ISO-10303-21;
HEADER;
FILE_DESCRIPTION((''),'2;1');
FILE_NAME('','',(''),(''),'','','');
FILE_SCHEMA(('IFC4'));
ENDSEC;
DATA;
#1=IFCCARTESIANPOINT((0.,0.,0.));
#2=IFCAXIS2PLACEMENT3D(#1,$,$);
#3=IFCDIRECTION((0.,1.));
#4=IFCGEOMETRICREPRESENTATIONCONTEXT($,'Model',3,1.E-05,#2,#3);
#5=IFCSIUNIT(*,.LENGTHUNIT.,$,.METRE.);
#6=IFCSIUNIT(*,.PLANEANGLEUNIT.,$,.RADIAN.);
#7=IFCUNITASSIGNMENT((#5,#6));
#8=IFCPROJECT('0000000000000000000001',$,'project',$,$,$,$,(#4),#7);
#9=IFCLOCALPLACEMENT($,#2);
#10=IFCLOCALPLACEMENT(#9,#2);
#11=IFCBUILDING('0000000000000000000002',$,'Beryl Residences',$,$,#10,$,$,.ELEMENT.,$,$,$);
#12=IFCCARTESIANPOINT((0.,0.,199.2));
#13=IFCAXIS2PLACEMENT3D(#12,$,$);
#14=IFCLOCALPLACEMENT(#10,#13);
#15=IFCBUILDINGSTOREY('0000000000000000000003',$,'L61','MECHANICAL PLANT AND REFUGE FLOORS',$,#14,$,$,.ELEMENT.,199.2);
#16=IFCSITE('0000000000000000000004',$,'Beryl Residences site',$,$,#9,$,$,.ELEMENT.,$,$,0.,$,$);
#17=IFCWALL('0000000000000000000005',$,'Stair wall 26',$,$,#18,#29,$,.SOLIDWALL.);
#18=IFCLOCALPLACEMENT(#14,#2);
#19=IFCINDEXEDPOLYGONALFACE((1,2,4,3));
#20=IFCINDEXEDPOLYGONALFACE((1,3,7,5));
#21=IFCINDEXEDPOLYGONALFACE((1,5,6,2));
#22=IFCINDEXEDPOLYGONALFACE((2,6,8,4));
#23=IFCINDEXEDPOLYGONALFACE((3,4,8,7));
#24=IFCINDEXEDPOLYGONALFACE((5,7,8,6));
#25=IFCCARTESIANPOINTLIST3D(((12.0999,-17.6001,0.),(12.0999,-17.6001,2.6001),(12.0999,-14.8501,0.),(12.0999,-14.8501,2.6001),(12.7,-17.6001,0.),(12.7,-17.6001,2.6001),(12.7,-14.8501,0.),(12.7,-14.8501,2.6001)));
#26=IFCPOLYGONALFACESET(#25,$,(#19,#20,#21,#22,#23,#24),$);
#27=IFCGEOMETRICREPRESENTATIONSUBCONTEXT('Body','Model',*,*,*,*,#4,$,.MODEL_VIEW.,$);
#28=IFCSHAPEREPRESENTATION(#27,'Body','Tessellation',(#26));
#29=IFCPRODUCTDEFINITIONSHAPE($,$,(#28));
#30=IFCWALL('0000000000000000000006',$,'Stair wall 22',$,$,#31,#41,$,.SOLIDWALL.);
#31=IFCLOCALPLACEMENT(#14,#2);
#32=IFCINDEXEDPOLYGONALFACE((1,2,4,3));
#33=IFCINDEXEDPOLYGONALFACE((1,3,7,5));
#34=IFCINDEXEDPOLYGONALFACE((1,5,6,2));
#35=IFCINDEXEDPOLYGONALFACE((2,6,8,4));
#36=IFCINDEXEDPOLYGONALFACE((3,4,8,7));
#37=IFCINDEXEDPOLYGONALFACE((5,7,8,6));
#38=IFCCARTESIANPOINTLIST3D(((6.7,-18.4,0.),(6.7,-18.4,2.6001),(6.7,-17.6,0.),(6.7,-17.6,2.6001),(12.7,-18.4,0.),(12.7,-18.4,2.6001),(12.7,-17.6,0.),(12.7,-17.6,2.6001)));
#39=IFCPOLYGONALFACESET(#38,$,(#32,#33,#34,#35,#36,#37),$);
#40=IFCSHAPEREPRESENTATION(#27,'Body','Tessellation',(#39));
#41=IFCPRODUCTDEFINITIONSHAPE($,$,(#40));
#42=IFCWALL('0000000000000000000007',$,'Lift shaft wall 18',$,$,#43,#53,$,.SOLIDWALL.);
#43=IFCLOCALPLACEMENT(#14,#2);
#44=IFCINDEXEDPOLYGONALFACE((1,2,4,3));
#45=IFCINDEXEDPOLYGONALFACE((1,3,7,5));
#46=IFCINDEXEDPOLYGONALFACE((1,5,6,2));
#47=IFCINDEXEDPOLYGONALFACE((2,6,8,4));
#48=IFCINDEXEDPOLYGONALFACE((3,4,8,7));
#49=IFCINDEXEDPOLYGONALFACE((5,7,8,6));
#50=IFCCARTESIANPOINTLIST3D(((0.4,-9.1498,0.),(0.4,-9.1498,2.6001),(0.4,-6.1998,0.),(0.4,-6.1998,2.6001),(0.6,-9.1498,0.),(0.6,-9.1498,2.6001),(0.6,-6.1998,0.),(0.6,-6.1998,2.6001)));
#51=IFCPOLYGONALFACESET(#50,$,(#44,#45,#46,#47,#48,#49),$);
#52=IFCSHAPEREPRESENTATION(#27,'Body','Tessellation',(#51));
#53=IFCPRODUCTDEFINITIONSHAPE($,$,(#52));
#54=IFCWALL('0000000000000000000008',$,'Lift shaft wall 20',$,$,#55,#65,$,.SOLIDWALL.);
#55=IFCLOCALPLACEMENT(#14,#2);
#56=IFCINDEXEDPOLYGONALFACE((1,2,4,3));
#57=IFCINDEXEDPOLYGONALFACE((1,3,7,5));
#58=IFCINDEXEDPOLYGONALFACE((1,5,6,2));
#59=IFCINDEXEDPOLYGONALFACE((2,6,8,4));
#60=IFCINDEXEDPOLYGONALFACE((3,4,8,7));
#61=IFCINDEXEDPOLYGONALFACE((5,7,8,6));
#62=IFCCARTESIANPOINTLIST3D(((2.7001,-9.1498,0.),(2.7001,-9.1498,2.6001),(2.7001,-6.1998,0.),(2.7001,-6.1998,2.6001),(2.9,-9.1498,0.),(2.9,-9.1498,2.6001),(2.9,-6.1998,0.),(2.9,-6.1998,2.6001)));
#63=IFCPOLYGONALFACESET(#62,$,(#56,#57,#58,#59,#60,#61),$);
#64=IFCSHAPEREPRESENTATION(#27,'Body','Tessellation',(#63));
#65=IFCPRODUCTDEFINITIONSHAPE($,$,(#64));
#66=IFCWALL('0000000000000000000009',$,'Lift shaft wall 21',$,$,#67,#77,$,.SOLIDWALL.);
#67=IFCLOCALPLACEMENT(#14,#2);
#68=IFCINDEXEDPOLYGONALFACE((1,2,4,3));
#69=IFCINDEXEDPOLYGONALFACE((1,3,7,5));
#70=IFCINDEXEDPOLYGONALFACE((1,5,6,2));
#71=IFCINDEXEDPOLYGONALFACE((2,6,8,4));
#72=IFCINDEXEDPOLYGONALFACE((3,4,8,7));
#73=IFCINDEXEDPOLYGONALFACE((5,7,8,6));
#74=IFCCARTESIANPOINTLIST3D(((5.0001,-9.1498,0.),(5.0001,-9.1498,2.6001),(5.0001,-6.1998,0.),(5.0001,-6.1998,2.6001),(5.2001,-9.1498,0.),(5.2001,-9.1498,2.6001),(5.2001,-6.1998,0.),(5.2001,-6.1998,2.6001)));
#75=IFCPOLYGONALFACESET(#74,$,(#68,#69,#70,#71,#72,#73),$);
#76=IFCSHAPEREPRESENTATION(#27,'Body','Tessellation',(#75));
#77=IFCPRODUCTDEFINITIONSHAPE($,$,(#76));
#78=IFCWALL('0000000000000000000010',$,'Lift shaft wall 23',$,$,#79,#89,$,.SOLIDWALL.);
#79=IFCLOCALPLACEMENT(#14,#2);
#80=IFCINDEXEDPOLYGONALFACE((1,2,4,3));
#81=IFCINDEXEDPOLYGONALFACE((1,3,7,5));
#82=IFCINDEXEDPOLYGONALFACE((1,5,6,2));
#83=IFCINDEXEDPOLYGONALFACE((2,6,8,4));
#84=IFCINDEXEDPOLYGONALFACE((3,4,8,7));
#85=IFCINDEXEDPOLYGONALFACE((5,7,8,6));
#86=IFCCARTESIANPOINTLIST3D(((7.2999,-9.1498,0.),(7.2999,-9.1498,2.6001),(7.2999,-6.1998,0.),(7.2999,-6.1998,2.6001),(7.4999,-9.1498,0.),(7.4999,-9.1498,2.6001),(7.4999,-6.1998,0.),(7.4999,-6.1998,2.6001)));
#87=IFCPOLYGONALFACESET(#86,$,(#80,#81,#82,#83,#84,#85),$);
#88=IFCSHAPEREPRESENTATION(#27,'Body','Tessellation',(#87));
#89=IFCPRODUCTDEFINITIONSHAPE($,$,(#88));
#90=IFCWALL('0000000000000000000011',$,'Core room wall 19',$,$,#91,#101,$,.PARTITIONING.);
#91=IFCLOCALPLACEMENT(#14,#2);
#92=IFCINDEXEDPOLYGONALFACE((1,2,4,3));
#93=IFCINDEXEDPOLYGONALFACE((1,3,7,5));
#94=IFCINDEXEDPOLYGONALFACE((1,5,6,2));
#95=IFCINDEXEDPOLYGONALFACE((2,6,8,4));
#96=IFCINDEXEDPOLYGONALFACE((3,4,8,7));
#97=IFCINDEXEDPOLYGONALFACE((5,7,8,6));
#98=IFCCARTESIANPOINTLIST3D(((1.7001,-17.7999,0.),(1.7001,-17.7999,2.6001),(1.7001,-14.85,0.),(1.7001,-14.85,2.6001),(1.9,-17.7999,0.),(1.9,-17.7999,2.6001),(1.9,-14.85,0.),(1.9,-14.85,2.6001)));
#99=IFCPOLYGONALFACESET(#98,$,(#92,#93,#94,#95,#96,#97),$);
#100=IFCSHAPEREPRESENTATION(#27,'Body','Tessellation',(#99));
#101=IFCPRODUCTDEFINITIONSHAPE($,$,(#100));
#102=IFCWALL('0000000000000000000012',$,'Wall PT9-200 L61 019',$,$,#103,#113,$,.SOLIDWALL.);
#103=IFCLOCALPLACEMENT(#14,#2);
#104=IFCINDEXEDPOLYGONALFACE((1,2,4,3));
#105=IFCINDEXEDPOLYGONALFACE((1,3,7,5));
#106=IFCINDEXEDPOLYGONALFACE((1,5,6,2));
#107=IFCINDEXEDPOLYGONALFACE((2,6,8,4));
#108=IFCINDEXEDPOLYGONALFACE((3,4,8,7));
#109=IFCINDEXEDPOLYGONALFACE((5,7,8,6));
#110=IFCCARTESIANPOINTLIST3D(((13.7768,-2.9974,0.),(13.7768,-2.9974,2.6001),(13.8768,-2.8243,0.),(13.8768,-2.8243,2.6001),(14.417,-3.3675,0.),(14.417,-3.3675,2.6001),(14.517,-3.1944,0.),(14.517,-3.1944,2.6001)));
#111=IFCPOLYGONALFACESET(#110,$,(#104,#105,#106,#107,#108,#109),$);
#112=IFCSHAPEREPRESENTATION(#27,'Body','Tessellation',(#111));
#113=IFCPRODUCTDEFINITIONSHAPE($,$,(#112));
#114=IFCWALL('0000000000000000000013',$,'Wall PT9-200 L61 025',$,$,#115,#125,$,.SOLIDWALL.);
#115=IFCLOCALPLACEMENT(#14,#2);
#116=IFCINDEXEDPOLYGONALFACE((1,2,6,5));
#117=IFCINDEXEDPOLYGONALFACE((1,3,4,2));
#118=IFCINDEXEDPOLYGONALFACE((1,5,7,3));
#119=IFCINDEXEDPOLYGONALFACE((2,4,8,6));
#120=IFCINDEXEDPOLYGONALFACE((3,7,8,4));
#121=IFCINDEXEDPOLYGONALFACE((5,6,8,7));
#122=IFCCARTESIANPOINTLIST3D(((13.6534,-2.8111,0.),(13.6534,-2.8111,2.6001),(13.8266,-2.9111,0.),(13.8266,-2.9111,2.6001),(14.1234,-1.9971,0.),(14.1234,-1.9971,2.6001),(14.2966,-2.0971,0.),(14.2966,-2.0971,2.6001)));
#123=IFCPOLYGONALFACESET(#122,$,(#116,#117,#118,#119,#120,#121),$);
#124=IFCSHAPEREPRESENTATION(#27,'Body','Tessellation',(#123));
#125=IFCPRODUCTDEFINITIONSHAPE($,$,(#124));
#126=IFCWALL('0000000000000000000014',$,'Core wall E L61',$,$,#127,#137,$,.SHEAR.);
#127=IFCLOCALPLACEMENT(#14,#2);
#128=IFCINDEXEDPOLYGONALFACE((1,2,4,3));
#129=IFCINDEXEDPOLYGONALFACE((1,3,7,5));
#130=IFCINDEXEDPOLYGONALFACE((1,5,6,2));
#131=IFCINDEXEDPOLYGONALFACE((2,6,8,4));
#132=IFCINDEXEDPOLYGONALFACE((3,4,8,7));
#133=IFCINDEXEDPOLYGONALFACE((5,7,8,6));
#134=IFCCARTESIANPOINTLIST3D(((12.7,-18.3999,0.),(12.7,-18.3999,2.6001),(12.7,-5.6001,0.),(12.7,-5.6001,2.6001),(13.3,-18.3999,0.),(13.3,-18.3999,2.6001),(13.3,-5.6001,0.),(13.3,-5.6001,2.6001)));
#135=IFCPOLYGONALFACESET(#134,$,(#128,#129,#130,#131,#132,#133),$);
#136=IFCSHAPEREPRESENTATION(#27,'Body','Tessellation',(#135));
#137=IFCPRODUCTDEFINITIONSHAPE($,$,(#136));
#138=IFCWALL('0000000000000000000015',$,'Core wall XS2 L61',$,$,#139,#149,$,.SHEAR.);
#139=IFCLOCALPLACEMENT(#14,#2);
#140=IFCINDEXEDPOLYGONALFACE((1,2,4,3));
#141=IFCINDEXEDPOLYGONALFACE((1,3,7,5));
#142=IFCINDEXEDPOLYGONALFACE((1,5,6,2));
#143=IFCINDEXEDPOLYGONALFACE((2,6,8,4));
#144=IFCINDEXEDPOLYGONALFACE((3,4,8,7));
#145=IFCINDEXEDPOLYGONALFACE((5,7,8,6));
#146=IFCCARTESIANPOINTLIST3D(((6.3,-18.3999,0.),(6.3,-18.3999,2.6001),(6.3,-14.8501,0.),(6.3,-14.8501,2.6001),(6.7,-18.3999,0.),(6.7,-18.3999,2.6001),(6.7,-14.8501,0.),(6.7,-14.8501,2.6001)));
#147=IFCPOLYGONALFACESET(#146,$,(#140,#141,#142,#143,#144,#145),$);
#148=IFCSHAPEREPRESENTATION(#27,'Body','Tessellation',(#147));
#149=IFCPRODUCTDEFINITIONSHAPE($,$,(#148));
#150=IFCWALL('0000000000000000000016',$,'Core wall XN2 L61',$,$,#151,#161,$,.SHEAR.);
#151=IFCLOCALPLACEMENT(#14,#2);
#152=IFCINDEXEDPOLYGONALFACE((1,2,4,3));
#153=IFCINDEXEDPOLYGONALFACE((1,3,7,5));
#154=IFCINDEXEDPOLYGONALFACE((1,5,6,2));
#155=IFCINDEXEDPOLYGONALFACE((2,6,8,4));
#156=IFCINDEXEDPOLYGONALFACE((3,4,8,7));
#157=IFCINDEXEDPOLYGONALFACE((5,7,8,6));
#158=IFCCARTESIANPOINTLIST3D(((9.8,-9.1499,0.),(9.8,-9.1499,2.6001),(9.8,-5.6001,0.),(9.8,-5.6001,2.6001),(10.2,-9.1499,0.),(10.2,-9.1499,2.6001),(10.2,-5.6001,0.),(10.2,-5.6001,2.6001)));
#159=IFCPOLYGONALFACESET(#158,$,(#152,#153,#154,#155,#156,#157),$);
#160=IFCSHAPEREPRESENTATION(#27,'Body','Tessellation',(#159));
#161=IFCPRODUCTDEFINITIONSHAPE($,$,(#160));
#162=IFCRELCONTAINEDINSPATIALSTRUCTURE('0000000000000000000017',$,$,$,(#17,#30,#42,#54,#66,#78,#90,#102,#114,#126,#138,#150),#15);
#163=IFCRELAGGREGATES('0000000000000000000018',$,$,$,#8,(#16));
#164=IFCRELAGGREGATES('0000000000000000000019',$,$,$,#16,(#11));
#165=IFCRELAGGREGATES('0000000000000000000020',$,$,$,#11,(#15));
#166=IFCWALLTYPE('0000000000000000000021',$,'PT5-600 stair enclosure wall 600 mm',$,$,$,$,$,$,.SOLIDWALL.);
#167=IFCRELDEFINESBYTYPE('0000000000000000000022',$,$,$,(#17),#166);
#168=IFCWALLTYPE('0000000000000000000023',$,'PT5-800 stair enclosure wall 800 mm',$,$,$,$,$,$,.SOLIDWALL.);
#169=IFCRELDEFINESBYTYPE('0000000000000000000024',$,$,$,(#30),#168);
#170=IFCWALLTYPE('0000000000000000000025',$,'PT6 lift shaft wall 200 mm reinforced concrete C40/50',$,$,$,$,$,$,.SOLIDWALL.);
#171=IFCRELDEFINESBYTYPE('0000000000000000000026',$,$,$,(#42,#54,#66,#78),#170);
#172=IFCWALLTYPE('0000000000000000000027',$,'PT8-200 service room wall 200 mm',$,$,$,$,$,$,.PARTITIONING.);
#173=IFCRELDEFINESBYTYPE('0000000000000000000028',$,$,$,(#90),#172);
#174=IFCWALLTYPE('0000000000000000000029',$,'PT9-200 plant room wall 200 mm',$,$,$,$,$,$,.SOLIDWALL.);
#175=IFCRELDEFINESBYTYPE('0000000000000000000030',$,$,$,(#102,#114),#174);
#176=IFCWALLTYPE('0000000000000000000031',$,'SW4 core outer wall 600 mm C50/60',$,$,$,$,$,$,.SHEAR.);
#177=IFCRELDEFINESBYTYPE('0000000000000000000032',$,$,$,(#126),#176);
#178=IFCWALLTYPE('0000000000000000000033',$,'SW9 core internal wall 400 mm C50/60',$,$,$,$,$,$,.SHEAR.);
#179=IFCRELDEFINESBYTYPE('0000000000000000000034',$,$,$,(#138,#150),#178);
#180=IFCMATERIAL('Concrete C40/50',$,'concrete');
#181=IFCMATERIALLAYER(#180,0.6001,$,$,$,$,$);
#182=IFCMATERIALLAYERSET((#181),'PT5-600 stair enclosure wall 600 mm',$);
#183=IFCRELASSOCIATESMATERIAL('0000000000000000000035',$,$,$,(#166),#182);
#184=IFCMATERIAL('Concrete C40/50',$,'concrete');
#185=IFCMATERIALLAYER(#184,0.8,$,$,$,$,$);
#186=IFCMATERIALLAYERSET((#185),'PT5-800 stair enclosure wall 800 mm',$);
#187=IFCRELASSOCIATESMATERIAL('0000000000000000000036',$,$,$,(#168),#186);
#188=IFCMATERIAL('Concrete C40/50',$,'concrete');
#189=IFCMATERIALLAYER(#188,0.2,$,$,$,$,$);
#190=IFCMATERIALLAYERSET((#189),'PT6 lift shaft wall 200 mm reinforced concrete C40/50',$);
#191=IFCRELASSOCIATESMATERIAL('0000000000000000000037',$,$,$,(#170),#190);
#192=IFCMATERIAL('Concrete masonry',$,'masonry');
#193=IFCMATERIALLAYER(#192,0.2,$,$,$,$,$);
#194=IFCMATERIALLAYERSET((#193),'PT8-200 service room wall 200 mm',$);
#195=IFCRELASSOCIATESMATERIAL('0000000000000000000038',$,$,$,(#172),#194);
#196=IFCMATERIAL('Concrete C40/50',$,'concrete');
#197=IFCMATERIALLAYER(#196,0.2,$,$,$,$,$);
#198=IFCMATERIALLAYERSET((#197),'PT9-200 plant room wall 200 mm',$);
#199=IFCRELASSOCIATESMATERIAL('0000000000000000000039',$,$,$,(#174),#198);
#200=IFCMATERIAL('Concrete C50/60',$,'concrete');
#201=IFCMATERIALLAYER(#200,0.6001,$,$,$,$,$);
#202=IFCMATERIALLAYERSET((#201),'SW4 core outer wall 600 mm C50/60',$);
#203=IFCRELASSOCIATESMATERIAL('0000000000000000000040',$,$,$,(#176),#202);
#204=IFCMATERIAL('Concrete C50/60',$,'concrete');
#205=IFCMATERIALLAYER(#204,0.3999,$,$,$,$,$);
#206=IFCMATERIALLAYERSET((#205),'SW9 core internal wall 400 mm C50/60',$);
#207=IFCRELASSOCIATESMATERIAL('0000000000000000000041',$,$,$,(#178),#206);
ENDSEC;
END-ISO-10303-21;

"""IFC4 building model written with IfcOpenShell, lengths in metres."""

from ifc_helpers import new_model, si_unit, direction, frame, frame_2d, origin, place, context, subcontext, project, spatial, rectangle, extrude, material, layer, layer_set, type_object, element, save


model = new_model("IFC4")

# Units and contexts
model_context = context("Model", 3, precision=1e-05, world=origin(), true_north=direction((0.0, 1.0)))
body_context = subcontext(model_context, "Body", "Model", "MODEL_VIEW")
ifc_project = project(units=[si_unit("LENGTHUNIT", "METRE"), si_unit("PLANEANGLEUNIT", "RADIAN")], contexts=[model_context])

# Site, building, storey
site_placement = place(None, origin())
site = spatial("IfcSite", under=ifc_project, at=site_placement, Name="Beryl Residences site", CompositionType="ELEMENT", RefElevation=0.0)
building_placement = place(site_placement, origin())
building = spatial("IfcBuilding", under=site, at=building_placement, Name="Beryl Residences", CompositionType="ELEMENT")
storey_placement = place(building_placement, frame((0.0, 0.0, 199.2)))
storey = spatial("IfcBuildingStorey", under=building, at=storey_placement, Name="L61", Description="MECHANICAL PLANT AND REFUGE FLOORS", CompositionType="ELEMENT", Elevation=199.2)

# Walls
ifc_material_1 = material(Name="Concrete C40/50", Category="concrete")
ifc_layer_1 = layer(ifc_material_1, 0.6001)
ifc_layer_set_1 = layer_set([ifc_layer_1], Name="PT5-600 stair enclosure wall 600 mm")
wall_type_1 = type_object("IfcWallType", Name="PT5-600 stair enclosure wall 600 mm", PredefinedType="SOLIDWALL", material=ifc_layer_set_1)
wall_1_placement = place(storey_placement, frame((12.3999, -17.6001, 0.0), z_axis=(0.0, 0.0, 1.0), x_axis=(0.0, 1.0, 0.0)))
element("IfcWall", 1, at=wall_1_placement, inside=storey, type_object=wall_type_1, Name="Stair wall 26", PredefinedType="SOLIDWALL", context=body_context, shape_type="SweptSolid", body=[
    extrude(rectangle(XDim=2.75, YDim=0.6001, at=frame_2d((1.375, 0.0))), origin(), (0.0, 0.0, 1.0), 2.6001),
])
ifc_material_2 = material(Name="Concrete C40/50", Category="concrete")
ifc_layer_2 = layer(ifc_material_2, 0.8)
ifc_layer_set_2 = layer_set([ifc_layer_2], Name="PT5-800 stair enclosure wall 800 mm")
wall_type_2 = type_object("IfcWallType", Name="PT5-800 stair enclosure wall 800 mm", PredefinedType="SOLIDWALL", material=ifc_layer_set_2)
wall_2_placement = place(storey_placement, frame((6.7, -18.0, 0.0), z_axis=(0.0, 0.0, 1.0), x_axis=(1.0, 0.0, 0.0)))
element("IfcWall", 2, at=wall_2_placement, inside=storey, type_object=wall_type_2, Name="Stair wall 22", PredefinedType="SOLIDWALL", context=body_context, shape_type="SweptSolid", body=[
    extrude(rectangle(XDim=6.0, YDim=0.8, at=frame_2d((3.0, 0.0))), origin(), (0.0, 0.0, 1.0), 2.6001),
])
ifc_material_3 = material(Name="Concrete C40/50", Category="concrete")
ifc_layer_3 = layer(ifc_material_3, 0.2)
ifc_layer_set_3 = layer_set([ifc_layer_3], Name="PT6 lift shaft wall 200 mm reinforced concrete C40/50")
wall_type_3 = type_object("IfcWallType", Name="PT6 lift shaft wall 200 mm reinforced concrete C40/50", PredefinedType="SOLIDWALL", material=ifc_layer_set_3)
for number, where, z_axis, x_axis, name in (
    (3, (0.5, -9.1499, 0.0), (0.0, 0.0, 1.0), (0.0, 1.0, 0.0), "Lift shaft wall 18"),
    (4, (2.8, -9.1499, 0.0), (0.0, 0.0, 1.0), (0.0, 1.0, 0.0), "Lift shaft wall 20"),
    (5, (5.1001, -9.1499, 0.0), (0.0, 0.0, 1.0), (0.0, 1.0, 0.0), "Lift shaft wall 21"),
    (6, (7.3999, -9.1499, 0.0), (0.0, 0.0, 1.0), (0.0, 1.0, 0.0), "Lift shaft wall 23"),
):
    element("IfcWall", number, at=place(storey_placement, frame(where, z_axis=z_axis, x_axis=x_axis)), inside=storey, type_object=wall_type_3, Name=name, PredefinedType="SOLIDWALL", context=body_context, shape_type="SweptSolid", body=[
        extrude(rectangle(XDim=2.95, YDim=0.2, at=frame_2d((1.4751, 0.0))), origin(), (0.0, 0.0, 1.0), 2.6001),
    ])
ifc_material_4 = material(Name="Concrete masonry", Category="masonry")
ifc_layer_4 = layer(ifc_material_4, 0.2)
ifc_layer_set_4 = layer_set([ifc_layer_4], Name="PT8-200 service room wall 200 mm")
wall_type_4 = type_object("IfcWallType", Name="PT8-200 service room wall 200 mm", PredefinedType="PARTITIONING", material=ifc_layer_set_4)
wall_3_placement = place(storey_placement, frame((1.8, -17.8, 0.0), z_axis=(0.0, 0.0, 1.0), x_axis=(0.0, 1.0, 0.0)))
element("IfcWall", 7, at=wall_3_placement, inside=storey, type_object=wall_type_4, Name="Core room wall 19", PredefinedType="PARTITIONING", context=body_context, shape_type="SweptSolid", body=[
    extrude(rectangle(XDim=2.95, YDim=0.2, at=frame_2d((1.4751, 0.0))), origin(), (0.0, 0.0, 1.0), 2.6001),
])
ifc_material_5 = material(Name="Concrete C40/50", Category="concrete")
ifc_layer_5 = layer(ifc_material_5, 0.2)
ifc_layer_set_5 = layer_set([ifc_layer_5], Name="PT9-200 plant room wall 200 mm")
wall_type_5 = type_object("IfcWallType", Name="PT9-200 plant room wall 200 mm", PredefinedType="SOLIDWALL", material=ifc_layer_set_5)
wall_4_placement = place(storey_placement, frame((13.8269, -2.9109, 0.0), z_axis=(0.0, 0.0, 1.0), x_axis=(0.865712, -0.500542, 0.0)))
element("IfcWall", 8, at=wall_4_placement, inside=storey, type_object=wall_type_5, Name="Wall PT9-200 L61 019", PredefinedType="SOLIDWALL", context=body_context, shape_type="SweptSolid", body=[
    extrude(rectangle(XDim=0.7395, YDim=0.2, at=frame_2d((0.3696, 0.0))), origin(), (0.0, 0.0, 1.0), 2.6001),
])
wall_5_placement = place(storey_placement, frame((13.74, -2.8611, 0.0), z_axis=(0.0, 0.0, 1.0), x_axis=(0.500022, 0.866013, 0.0)))
element("IfcWall", 9, at=wall_5_placement, inside=storey, type_object=wall_type_5, Name="Wall PT9-200 L61 025", PredefinedType="SOLIDWALL", context=body_context, shape_type="SweptSolid", body=[
    extrude(rectangle(XDim=0.9399, YDim=0.2, at=frame_2d((0.47, 0.0))), origin(), (0.0, 0.0, 1.0), 2.6001),
])
ifc_material_6 = material(Name="Concrete C50/60", Category="concrete")
ifc_layer_6 = layer(ifc_material_6, 0.6001)
ifc_layer_set_6 = layer_set([ifc_layer_6], Name="SW4 core outer wall 600 mm C50/60")
wall_type_6 = type_object("IfcWallType", Name="SW4 core outer wall 600 mm C50/60", PredefinedType="SHEAR", material=ifc_layer_set_6)
wall_6_placement = place(storey_placement, frame((13.0, -18.3999, 0.0), z_axis=(0.0, 0.0, 1.0), x_axis=(0.0, 1.0, 0.0)))
element("IfcWall", 10, at=wall_6_placement, inside=storey, type_object=wall_type_6, Name="Core wall E L61", PredefinedType="SHEAR", context=body_context, shape_type="SweptSolid", body=[
    extrude(rectangle(XDim=12.7998, YDim=0.6001, at=frame_2d((6.3999, 0.0))), origin(), (0.0, 0.0, 1.0), 2.6001),
])
ifc_material_7 = material(Name="Concrete C50/60", Category="concrete")
ifc_layer_7 = layer(ifc_material_7, 0.3999)
ifc_layer_set_7 = layer_set([ifc_layer_7], Name="SW9 core internal wall 400 mm C50/60")
wall_type_7 = type_object("IfcWallType", Name="SW9 core internal wall 400 mm C50/60", PredefinedType="SHEAR", material=ifc_layer_set_7)
for number, where, z_axis, x_axis, name in (
    (11, (6.5, -18.3999, 0.0), (0.0, 0.0, 1.0), (0.0, 1.0, 0.0), "Core wall XS2 L61"),
    (12, (10.0, -9.1499, 0.0), (0.0, 0.0, 1.0), (0.0, 1.0, 0.0), "Core wall XN2 L61"),
):
    element("IfcWall", number, at=place(storey_placement, frame(where, z_axis=z_axis, x_axis=x_axis)), inside=storey, type_object=wall_type_7, Name=name, PredefinedType="SHEAR", context=body_context, shape_type="SweptSolid", body=[
        extrude(rectangle(XDim=3.5498, YDim=0.3999, at=frame_2d((1.7749, 0.0))), origin(), (0.0, 0.0, 1.0), 2.6001),
    ])

save(model, "model.ifc")
